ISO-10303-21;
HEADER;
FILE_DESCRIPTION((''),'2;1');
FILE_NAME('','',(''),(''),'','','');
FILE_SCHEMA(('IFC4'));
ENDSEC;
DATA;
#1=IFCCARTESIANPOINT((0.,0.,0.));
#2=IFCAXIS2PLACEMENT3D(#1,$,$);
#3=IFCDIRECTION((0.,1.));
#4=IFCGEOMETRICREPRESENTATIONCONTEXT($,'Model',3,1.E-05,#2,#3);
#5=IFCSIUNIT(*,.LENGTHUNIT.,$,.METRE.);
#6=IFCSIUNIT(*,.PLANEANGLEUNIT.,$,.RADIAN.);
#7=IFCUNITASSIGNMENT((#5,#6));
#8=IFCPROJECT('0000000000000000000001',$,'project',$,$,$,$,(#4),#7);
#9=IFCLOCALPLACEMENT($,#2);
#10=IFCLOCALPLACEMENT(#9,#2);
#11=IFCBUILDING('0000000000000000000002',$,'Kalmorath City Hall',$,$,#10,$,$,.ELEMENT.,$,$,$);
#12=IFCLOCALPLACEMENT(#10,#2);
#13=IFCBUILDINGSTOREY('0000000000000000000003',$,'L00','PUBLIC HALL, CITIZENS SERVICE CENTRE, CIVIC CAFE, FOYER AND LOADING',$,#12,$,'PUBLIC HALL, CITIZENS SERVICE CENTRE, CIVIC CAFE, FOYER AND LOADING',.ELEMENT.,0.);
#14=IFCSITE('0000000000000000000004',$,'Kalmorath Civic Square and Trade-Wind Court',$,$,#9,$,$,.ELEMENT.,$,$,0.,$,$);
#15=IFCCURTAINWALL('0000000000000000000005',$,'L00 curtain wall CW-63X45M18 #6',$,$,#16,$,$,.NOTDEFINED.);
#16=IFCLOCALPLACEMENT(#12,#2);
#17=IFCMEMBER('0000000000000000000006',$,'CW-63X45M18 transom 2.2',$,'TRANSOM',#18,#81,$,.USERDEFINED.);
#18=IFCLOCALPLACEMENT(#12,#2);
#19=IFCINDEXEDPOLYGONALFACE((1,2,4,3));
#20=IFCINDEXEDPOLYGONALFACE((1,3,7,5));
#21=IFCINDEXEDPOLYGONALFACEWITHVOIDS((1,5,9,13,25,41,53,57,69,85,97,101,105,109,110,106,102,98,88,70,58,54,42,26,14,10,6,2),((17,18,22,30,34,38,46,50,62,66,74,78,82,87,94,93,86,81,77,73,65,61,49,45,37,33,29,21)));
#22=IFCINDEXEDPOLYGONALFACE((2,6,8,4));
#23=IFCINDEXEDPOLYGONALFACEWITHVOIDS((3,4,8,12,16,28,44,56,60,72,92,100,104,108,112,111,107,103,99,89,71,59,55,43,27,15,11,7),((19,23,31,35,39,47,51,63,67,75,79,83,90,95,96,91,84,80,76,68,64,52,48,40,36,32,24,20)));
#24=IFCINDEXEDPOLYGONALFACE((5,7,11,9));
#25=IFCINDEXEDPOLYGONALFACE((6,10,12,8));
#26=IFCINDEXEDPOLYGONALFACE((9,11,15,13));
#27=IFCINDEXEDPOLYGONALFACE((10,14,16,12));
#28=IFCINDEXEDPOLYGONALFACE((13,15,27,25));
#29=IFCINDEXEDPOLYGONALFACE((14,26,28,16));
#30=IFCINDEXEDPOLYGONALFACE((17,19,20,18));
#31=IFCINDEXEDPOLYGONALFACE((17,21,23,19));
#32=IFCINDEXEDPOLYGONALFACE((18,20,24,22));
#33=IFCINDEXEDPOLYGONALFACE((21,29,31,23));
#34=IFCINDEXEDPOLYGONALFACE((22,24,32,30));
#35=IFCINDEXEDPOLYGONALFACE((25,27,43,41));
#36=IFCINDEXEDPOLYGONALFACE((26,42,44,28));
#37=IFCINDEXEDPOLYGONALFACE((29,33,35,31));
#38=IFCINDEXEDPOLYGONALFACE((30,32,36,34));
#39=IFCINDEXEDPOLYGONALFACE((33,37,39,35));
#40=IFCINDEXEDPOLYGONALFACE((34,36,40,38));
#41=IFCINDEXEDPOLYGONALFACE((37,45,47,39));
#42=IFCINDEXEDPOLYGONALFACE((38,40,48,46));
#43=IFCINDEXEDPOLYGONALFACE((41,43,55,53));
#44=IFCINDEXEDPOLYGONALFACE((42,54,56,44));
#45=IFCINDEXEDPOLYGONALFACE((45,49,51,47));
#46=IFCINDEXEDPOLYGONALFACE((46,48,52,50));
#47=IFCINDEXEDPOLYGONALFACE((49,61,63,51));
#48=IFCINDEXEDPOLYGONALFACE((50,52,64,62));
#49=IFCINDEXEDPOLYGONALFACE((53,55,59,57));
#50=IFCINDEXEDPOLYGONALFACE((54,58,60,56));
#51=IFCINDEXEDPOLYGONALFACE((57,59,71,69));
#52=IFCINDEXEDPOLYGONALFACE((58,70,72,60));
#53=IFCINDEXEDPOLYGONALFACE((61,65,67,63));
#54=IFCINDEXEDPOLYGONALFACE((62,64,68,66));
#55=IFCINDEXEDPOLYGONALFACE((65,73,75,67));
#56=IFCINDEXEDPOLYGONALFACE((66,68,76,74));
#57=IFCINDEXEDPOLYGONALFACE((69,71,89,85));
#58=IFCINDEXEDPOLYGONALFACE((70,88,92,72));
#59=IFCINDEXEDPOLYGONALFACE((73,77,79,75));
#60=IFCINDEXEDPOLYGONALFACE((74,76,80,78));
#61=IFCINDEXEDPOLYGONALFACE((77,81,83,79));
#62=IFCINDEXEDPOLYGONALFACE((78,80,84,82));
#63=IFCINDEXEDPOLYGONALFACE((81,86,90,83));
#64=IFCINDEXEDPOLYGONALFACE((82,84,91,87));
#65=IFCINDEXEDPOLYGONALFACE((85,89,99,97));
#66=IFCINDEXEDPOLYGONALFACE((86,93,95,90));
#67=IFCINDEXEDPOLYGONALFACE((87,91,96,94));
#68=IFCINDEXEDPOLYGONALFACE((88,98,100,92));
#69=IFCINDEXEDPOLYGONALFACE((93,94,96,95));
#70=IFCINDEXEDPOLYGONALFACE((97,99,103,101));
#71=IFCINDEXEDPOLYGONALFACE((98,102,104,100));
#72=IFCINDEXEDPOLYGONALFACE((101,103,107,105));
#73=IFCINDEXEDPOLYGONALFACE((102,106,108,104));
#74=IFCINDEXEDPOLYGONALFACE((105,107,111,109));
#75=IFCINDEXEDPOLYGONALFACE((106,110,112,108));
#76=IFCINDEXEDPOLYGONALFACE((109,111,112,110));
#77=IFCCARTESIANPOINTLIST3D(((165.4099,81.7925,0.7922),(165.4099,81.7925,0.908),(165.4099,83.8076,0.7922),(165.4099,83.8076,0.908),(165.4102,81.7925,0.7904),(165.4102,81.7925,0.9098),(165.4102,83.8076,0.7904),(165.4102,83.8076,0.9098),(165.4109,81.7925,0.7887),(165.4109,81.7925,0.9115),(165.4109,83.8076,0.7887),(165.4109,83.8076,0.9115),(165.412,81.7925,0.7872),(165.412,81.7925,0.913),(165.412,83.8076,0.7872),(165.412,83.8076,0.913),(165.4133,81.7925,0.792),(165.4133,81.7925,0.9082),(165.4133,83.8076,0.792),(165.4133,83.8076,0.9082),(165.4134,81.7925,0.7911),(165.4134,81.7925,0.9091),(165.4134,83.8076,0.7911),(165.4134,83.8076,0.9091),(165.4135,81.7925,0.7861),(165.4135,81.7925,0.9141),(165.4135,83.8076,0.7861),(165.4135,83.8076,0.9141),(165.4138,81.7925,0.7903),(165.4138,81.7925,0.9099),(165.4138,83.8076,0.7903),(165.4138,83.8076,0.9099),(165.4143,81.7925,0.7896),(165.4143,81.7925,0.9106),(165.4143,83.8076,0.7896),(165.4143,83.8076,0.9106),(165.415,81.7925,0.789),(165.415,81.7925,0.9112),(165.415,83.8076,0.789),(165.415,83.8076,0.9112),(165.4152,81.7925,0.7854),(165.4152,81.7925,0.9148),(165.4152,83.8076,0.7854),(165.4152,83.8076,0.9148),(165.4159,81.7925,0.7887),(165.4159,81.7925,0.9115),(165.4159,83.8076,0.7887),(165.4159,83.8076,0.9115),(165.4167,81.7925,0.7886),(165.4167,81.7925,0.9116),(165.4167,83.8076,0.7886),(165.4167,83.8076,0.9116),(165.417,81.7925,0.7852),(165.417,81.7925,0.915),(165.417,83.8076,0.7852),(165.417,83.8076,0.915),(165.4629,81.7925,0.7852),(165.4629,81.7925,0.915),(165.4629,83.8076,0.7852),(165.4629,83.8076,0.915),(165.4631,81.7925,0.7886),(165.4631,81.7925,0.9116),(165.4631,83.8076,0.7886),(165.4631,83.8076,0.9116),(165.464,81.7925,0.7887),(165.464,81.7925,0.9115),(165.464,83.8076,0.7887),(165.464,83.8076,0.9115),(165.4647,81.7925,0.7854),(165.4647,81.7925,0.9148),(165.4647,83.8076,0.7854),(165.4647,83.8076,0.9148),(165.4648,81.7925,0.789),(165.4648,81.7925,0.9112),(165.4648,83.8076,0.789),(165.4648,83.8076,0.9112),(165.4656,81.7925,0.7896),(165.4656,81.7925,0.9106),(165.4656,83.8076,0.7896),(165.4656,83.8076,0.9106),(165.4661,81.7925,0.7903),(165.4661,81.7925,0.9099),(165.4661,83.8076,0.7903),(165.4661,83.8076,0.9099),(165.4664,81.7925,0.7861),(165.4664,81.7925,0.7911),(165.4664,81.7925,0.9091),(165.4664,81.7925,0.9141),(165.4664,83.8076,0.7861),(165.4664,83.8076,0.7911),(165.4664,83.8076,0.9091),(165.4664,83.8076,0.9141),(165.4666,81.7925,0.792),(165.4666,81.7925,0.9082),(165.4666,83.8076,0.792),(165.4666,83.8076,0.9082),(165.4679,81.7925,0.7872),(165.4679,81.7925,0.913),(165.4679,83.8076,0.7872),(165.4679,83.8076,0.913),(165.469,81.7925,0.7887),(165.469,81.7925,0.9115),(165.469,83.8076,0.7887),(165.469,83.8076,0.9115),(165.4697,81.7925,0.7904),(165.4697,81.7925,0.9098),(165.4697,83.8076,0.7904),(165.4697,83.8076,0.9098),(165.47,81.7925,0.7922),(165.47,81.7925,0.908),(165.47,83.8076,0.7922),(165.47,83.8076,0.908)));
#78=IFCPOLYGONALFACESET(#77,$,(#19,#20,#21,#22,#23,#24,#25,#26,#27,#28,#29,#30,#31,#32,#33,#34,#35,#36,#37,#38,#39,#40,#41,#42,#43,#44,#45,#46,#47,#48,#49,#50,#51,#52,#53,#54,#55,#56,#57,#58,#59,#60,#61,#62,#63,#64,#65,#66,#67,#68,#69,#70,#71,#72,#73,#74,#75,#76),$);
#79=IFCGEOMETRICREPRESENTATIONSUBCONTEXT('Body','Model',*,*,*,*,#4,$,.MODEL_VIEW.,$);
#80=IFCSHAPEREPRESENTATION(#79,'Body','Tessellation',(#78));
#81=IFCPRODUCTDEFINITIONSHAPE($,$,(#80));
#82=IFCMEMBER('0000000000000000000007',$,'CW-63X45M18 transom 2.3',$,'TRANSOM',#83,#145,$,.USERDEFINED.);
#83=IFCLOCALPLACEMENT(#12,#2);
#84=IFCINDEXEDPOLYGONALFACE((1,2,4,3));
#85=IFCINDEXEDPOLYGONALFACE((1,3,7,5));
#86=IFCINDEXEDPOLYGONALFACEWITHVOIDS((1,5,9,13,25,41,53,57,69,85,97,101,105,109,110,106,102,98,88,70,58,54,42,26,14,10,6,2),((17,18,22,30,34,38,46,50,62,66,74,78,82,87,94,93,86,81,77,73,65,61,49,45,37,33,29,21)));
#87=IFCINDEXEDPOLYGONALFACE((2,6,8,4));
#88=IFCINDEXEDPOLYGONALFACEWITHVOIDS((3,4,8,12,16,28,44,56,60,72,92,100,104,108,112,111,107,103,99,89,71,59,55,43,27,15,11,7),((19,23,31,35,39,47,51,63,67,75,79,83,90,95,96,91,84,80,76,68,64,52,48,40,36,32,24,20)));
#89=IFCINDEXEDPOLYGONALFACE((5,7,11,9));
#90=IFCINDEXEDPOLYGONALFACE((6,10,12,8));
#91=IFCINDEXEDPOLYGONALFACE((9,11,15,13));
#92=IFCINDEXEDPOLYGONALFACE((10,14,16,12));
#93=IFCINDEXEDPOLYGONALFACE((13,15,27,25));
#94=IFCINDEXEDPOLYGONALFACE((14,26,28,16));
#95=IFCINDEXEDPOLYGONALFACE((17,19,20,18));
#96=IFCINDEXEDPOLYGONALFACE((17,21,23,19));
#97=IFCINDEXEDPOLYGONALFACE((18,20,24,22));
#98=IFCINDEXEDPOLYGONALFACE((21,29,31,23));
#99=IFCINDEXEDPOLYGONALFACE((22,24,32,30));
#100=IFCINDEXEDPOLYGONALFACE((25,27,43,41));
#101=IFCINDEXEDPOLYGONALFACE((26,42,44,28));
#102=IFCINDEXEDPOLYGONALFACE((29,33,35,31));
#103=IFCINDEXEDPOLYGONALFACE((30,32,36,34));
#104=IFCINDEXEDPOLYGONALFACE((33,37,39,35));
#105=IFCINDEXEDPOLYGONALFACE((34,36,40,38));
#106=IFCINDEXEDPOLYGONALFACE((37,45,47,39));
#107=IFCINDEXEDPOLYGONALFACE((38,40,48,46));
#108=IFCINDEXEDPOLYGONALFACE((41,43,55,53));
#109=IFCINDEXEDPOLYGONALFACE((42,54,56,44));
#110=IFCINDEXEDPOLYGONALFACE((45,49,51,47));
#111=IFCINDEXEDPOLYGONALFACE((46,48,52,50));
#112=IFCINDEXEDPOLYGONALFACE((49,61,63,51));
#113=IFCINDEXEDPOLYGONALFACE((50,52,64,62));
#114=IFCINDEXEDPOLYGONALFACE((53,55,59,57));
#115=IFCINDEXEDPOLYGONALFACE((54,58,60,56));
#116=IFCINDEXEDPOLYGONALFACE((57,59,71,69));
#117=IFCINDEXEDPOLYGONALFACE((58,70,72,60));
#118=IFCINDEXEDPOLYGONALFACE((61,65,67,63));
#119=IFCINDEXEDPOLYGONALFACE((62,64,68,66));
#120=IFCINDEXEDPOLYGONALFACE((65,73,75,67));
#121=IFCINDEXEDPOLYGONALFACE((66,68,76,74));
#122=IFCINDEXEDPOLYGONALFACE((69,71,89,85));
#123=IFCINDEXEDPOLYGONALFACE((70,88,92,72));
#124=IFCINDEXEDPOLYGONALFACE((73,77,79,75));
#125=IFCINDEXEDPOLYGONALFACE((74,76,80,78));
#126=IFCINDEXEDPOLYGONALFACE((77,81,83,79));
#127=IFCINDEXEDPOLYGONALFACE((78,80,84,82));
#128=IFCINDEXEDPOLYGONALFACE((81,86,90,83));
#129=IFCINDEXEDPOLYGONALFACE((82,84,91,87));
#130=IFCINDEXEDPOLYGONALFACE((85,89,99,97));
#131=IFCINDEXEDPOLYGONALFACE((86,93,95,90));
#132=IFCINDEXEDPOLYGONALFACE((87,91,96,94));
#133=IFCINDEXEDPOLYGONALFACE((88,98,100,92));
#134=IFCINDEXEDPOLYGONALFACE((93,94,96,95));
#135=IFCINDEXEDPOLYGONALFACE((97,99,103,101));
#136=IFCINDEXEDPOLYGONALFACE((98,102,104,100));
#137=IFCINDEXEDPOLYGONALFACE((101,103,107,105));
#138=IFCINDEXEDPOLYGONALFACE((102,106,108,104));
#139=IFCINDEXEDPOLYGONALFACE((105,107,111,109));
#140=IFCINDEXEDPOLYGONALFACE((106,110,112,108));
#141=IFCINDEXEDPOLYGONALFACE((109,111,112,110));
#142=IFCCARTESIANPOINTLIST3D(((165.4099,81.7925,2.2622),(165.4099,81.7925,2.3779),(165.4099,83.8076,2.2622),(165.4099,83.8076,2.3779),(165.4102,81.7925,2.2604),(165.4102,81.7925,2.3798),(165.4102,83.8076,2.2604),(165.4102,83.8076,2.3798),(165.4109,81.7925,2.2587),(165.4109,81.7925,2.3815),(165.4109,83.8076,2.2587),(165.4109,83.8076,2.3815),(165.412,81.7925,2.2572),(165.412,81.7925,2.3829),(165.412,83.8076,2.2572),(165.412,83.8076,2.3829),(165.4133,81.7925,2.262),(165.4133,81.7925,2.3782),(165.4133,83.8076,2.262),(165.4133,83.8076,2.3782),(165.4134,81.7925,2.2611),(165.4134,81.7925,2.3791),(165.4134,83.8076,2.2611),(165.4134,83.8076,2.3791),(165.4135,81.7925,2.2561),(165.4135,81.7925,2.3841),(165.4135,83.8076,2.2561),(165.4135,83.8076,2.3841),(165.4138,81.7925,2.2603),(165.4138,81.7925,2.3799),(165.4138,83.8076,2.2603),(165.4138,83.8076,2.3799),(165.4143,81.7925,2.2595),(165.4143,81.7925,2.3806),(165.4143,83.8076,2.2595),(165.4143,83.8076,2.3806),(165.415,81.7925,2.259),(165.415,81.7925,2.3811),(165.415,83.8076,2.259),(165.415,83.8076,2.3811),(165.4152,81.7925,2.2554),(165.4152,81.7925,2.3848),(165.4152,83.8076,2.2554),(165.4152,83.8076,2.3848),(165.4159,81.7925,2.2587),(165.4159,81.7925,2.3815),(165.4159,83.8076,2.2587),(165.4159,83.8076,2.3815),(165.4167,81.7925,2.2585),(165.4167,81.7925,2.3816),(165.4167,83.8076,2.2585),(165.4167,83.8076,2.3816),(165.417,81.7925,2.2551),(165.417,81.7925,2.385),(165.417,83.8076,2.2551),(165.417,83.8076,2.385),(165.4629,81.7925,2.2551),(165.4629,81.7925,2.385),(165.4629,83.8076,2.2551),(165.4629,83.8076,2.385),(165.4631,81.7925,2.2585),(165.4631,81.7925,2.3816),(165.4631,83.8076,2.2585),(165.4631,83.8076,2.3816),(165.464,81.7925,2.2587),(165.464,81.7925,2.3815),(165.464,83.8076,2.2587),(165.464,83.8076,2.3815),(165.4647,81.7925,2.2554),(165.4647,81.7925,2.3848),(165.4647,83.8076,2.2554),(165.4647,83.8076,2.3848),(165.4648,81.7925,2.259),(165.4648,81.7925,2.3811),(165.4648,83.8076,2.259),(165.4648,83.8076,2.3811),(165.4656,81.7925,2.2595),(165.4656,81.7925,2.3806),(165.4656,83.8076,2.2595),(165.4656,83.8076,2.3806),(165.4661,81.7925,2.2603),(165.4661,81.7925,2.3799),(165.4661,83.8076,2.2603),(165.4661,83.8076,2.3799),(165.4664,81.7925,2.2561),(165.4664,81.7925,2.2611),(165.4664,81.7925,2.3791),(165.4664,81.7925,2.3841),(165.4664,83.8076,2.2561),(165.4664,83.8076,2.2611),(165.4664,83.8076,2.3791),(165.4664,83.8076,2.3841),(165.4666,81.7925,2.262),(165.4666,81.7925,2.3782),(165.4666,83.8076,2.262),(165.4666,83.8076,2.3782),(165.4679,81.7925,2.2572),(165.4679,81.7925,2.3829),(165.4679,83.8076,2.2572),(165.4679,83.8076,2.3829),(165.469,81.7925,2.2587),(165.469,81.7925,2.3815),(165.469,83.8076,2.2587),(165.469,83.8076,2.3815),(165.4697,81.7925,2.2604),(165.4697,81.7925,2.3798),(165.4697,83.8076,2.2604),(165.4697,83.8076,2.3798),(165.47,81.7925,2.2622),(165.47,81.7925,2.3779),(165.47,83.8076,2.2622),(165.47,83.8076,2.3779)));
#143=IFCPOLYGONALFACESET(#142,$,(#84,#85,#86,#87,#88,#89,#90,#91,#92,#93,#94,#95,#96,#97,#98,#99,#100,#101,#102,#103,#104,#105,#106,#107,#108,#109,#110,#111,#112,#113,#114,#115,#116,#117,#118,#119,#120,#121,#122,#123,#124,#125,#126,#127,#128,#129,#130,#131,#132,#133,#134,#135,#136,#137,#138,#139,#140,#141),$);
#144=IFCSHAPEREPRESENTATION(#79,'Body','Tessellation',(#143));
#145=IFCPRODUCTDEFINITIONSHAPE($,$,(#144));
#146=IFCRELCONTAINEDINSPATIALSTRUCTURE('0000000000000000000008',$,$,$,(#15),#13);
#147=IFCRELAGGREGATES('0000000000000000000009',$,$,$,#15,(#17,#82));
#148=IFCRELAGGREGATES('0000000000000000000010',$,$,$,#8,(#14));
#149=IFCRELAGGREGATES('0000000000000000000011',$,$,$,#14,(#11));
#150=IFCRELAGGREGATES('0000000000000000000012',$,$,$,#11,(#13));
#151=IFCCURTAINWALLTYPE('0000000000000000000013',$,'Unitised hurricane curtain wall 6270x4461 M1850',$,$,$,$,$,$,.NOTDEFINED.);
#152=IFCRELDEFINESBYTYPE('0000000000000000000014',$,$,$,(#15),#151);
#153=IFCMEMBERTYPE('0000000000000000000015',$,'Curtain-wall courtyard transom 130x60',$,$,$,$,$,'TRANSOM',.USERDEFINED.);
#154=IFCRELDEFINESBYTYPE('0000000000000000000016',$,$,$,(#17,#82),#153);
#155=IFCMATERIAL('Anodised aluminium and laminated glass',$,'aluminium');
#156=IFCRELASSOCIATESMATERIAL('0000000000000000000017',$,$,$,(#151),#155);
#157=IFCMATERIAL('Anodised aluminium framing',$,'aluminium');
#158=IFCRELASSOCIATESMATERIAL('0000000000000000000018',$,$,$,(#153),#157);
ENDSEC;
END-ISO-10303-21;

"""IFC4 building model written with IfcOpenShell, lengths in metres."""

from ifc_helpers import new_model, si_unit, direction, frame, origin, origin_2d, place, context, subcontext, project, spatial, hollow_rectangle, extrude, material, material_profile, profile_set, type_object, element, aggregate, save


model = new_model("IFC4")

# Units and contexts
model_context = context("Model", 3, precision=1e-05, world=origin(), true_north=direction((0.0, 1.0)))
body_context = subcontext(model_context, "Body", "Model", "MODEL_VIEW")
ifc_project = project(units=[si_unit("LENGTHUNIT", "METRE"), si_unit("PLANEANGLEUNIT", "RADIAN")], contexts=[model_context])

# Site, building, storey
site_placement = place(None, origin())
site = spatial("IfcSite", under=ifc_project, at=site_placement, Name="Kalmorath Civic Square and Trade-Wind Court", CompositionType="ELEMENT", RefElevation=0.0)
building_placement = place(site_placement, origin())
building = spatial("IfcBuilding", under=site, at=building_placement, Name="Kalmorath City Hall", CompositionType="ELEMENT")
storey_placement = place(building_placement, origin())
storey = spatial("IfcBuildingStorey", under=building, at=storey_placement, Name="L00", Description="PUBLIC HALL, CITIZENS SERVICE CENTRE, CIVIC CAFE, FOYER AND LOADING", LongName="PUBLIC HALL, CITIZENS SERVICE CENTRE, CIVIC CAFE, FOYER AND LOADING", CompositionType="ELEMENT", Elevation=0.0)

# Curtain wall, members
ifc_material_1 = material(Name="Anodised aluminium and laminated glass", Category="aluminium")
curtain_wall_type = type_object("IfcCurtainWallType", Name="Unitised hurricane curtain wall 6270x4461 M1850", PredefinedType="NOTDEFINED", material=ifc_material_1)
curtain_wall_placement = place(storey_placement, origin())
curtain_wall = element("IfcCurtainWall", 1, at=curtain_wall_placement, inside=storey, type_object=curtain_wall_type, Name="L00 curtain wall CW-63X45M18 #6", PredefinedType="NOTDEFINED")
ifc_material_2 = material(Name="Anodised aluminium framing", Category="aluminium")
ifc_material_profile_1 = material_profile(ifc_material_2, hollow_rectangle(XDim=0.0601, YDim=0.1299, WallThickness=0.0034, InnerFilletRadius=0.0034, OuterFilletRadius=0.0071, at=origin_2d()), Name="ALU-TRN-130X60X3.5")
ifc_profile_set_1 = profile_set([ifc_material_profile_1], Name="Anodised aluminium framing")
member_type_1 = type_object("IfcMemberType", Name="Curtain-wall courtyard transom 130x60", ElementType="TRANSOM", PredefinedType="USERDEFINED", material=ifc_profile_set_1)
member_1_placement = place(storey_placement, frame((165.4399, 83.8076, 0.8501), z_axis=(0.0, -1.0, 0.0), x_axis=(1.0, 0.0, 0.0)))
member_1 = element("IfcMember", 2, at=member_1_placement, type_object=member_type_1, Name="CW-63X45M18 transom 2.2", ObjectType="TRANSOM", PredefinedType="USERDEFINED", context=body_context, shape_type="SweptSolid", body=[
    extrude(hollow_rectangle(XDim=0.0601, YDim=0.1299, WallThickness=0.0034, InnerFilletRadius=0.0034, OuterFilletRadius=0.0071, at=origin_2d()), origin(), (0.0, 0.0, 1.0), 2.0151),
])
member_2_placement = place(storey_placement, frame((165.4399, 83.8076, 2.3201), z_axis=(0.0, -1.0, 0.0), x_axis=(1.0, 0.0, 0.0)))
member_2 = element("IfcMember", 3, at=member_2_placement, type_object=member_type_1, Name="CW-63X45M18 transom 2.3", ObjectType="TRANSOM", PredefinedType="USERDEFINED", context=body_context, shape_type="SweptSolid", body=[
    extrude(hollow_rectangle(XDim=0.0601, YDim=0.1299, WallThickness=0.0034, InnerFilletRadius=0.0034, OuterFilletRadius=0.0071, at=origin_2d()), origin(), (0.0, 0.0, 1.0), 2.0151),
])

aggregate(curtain_wall, [member_1, member_2])

save(model, "model.ifc")
